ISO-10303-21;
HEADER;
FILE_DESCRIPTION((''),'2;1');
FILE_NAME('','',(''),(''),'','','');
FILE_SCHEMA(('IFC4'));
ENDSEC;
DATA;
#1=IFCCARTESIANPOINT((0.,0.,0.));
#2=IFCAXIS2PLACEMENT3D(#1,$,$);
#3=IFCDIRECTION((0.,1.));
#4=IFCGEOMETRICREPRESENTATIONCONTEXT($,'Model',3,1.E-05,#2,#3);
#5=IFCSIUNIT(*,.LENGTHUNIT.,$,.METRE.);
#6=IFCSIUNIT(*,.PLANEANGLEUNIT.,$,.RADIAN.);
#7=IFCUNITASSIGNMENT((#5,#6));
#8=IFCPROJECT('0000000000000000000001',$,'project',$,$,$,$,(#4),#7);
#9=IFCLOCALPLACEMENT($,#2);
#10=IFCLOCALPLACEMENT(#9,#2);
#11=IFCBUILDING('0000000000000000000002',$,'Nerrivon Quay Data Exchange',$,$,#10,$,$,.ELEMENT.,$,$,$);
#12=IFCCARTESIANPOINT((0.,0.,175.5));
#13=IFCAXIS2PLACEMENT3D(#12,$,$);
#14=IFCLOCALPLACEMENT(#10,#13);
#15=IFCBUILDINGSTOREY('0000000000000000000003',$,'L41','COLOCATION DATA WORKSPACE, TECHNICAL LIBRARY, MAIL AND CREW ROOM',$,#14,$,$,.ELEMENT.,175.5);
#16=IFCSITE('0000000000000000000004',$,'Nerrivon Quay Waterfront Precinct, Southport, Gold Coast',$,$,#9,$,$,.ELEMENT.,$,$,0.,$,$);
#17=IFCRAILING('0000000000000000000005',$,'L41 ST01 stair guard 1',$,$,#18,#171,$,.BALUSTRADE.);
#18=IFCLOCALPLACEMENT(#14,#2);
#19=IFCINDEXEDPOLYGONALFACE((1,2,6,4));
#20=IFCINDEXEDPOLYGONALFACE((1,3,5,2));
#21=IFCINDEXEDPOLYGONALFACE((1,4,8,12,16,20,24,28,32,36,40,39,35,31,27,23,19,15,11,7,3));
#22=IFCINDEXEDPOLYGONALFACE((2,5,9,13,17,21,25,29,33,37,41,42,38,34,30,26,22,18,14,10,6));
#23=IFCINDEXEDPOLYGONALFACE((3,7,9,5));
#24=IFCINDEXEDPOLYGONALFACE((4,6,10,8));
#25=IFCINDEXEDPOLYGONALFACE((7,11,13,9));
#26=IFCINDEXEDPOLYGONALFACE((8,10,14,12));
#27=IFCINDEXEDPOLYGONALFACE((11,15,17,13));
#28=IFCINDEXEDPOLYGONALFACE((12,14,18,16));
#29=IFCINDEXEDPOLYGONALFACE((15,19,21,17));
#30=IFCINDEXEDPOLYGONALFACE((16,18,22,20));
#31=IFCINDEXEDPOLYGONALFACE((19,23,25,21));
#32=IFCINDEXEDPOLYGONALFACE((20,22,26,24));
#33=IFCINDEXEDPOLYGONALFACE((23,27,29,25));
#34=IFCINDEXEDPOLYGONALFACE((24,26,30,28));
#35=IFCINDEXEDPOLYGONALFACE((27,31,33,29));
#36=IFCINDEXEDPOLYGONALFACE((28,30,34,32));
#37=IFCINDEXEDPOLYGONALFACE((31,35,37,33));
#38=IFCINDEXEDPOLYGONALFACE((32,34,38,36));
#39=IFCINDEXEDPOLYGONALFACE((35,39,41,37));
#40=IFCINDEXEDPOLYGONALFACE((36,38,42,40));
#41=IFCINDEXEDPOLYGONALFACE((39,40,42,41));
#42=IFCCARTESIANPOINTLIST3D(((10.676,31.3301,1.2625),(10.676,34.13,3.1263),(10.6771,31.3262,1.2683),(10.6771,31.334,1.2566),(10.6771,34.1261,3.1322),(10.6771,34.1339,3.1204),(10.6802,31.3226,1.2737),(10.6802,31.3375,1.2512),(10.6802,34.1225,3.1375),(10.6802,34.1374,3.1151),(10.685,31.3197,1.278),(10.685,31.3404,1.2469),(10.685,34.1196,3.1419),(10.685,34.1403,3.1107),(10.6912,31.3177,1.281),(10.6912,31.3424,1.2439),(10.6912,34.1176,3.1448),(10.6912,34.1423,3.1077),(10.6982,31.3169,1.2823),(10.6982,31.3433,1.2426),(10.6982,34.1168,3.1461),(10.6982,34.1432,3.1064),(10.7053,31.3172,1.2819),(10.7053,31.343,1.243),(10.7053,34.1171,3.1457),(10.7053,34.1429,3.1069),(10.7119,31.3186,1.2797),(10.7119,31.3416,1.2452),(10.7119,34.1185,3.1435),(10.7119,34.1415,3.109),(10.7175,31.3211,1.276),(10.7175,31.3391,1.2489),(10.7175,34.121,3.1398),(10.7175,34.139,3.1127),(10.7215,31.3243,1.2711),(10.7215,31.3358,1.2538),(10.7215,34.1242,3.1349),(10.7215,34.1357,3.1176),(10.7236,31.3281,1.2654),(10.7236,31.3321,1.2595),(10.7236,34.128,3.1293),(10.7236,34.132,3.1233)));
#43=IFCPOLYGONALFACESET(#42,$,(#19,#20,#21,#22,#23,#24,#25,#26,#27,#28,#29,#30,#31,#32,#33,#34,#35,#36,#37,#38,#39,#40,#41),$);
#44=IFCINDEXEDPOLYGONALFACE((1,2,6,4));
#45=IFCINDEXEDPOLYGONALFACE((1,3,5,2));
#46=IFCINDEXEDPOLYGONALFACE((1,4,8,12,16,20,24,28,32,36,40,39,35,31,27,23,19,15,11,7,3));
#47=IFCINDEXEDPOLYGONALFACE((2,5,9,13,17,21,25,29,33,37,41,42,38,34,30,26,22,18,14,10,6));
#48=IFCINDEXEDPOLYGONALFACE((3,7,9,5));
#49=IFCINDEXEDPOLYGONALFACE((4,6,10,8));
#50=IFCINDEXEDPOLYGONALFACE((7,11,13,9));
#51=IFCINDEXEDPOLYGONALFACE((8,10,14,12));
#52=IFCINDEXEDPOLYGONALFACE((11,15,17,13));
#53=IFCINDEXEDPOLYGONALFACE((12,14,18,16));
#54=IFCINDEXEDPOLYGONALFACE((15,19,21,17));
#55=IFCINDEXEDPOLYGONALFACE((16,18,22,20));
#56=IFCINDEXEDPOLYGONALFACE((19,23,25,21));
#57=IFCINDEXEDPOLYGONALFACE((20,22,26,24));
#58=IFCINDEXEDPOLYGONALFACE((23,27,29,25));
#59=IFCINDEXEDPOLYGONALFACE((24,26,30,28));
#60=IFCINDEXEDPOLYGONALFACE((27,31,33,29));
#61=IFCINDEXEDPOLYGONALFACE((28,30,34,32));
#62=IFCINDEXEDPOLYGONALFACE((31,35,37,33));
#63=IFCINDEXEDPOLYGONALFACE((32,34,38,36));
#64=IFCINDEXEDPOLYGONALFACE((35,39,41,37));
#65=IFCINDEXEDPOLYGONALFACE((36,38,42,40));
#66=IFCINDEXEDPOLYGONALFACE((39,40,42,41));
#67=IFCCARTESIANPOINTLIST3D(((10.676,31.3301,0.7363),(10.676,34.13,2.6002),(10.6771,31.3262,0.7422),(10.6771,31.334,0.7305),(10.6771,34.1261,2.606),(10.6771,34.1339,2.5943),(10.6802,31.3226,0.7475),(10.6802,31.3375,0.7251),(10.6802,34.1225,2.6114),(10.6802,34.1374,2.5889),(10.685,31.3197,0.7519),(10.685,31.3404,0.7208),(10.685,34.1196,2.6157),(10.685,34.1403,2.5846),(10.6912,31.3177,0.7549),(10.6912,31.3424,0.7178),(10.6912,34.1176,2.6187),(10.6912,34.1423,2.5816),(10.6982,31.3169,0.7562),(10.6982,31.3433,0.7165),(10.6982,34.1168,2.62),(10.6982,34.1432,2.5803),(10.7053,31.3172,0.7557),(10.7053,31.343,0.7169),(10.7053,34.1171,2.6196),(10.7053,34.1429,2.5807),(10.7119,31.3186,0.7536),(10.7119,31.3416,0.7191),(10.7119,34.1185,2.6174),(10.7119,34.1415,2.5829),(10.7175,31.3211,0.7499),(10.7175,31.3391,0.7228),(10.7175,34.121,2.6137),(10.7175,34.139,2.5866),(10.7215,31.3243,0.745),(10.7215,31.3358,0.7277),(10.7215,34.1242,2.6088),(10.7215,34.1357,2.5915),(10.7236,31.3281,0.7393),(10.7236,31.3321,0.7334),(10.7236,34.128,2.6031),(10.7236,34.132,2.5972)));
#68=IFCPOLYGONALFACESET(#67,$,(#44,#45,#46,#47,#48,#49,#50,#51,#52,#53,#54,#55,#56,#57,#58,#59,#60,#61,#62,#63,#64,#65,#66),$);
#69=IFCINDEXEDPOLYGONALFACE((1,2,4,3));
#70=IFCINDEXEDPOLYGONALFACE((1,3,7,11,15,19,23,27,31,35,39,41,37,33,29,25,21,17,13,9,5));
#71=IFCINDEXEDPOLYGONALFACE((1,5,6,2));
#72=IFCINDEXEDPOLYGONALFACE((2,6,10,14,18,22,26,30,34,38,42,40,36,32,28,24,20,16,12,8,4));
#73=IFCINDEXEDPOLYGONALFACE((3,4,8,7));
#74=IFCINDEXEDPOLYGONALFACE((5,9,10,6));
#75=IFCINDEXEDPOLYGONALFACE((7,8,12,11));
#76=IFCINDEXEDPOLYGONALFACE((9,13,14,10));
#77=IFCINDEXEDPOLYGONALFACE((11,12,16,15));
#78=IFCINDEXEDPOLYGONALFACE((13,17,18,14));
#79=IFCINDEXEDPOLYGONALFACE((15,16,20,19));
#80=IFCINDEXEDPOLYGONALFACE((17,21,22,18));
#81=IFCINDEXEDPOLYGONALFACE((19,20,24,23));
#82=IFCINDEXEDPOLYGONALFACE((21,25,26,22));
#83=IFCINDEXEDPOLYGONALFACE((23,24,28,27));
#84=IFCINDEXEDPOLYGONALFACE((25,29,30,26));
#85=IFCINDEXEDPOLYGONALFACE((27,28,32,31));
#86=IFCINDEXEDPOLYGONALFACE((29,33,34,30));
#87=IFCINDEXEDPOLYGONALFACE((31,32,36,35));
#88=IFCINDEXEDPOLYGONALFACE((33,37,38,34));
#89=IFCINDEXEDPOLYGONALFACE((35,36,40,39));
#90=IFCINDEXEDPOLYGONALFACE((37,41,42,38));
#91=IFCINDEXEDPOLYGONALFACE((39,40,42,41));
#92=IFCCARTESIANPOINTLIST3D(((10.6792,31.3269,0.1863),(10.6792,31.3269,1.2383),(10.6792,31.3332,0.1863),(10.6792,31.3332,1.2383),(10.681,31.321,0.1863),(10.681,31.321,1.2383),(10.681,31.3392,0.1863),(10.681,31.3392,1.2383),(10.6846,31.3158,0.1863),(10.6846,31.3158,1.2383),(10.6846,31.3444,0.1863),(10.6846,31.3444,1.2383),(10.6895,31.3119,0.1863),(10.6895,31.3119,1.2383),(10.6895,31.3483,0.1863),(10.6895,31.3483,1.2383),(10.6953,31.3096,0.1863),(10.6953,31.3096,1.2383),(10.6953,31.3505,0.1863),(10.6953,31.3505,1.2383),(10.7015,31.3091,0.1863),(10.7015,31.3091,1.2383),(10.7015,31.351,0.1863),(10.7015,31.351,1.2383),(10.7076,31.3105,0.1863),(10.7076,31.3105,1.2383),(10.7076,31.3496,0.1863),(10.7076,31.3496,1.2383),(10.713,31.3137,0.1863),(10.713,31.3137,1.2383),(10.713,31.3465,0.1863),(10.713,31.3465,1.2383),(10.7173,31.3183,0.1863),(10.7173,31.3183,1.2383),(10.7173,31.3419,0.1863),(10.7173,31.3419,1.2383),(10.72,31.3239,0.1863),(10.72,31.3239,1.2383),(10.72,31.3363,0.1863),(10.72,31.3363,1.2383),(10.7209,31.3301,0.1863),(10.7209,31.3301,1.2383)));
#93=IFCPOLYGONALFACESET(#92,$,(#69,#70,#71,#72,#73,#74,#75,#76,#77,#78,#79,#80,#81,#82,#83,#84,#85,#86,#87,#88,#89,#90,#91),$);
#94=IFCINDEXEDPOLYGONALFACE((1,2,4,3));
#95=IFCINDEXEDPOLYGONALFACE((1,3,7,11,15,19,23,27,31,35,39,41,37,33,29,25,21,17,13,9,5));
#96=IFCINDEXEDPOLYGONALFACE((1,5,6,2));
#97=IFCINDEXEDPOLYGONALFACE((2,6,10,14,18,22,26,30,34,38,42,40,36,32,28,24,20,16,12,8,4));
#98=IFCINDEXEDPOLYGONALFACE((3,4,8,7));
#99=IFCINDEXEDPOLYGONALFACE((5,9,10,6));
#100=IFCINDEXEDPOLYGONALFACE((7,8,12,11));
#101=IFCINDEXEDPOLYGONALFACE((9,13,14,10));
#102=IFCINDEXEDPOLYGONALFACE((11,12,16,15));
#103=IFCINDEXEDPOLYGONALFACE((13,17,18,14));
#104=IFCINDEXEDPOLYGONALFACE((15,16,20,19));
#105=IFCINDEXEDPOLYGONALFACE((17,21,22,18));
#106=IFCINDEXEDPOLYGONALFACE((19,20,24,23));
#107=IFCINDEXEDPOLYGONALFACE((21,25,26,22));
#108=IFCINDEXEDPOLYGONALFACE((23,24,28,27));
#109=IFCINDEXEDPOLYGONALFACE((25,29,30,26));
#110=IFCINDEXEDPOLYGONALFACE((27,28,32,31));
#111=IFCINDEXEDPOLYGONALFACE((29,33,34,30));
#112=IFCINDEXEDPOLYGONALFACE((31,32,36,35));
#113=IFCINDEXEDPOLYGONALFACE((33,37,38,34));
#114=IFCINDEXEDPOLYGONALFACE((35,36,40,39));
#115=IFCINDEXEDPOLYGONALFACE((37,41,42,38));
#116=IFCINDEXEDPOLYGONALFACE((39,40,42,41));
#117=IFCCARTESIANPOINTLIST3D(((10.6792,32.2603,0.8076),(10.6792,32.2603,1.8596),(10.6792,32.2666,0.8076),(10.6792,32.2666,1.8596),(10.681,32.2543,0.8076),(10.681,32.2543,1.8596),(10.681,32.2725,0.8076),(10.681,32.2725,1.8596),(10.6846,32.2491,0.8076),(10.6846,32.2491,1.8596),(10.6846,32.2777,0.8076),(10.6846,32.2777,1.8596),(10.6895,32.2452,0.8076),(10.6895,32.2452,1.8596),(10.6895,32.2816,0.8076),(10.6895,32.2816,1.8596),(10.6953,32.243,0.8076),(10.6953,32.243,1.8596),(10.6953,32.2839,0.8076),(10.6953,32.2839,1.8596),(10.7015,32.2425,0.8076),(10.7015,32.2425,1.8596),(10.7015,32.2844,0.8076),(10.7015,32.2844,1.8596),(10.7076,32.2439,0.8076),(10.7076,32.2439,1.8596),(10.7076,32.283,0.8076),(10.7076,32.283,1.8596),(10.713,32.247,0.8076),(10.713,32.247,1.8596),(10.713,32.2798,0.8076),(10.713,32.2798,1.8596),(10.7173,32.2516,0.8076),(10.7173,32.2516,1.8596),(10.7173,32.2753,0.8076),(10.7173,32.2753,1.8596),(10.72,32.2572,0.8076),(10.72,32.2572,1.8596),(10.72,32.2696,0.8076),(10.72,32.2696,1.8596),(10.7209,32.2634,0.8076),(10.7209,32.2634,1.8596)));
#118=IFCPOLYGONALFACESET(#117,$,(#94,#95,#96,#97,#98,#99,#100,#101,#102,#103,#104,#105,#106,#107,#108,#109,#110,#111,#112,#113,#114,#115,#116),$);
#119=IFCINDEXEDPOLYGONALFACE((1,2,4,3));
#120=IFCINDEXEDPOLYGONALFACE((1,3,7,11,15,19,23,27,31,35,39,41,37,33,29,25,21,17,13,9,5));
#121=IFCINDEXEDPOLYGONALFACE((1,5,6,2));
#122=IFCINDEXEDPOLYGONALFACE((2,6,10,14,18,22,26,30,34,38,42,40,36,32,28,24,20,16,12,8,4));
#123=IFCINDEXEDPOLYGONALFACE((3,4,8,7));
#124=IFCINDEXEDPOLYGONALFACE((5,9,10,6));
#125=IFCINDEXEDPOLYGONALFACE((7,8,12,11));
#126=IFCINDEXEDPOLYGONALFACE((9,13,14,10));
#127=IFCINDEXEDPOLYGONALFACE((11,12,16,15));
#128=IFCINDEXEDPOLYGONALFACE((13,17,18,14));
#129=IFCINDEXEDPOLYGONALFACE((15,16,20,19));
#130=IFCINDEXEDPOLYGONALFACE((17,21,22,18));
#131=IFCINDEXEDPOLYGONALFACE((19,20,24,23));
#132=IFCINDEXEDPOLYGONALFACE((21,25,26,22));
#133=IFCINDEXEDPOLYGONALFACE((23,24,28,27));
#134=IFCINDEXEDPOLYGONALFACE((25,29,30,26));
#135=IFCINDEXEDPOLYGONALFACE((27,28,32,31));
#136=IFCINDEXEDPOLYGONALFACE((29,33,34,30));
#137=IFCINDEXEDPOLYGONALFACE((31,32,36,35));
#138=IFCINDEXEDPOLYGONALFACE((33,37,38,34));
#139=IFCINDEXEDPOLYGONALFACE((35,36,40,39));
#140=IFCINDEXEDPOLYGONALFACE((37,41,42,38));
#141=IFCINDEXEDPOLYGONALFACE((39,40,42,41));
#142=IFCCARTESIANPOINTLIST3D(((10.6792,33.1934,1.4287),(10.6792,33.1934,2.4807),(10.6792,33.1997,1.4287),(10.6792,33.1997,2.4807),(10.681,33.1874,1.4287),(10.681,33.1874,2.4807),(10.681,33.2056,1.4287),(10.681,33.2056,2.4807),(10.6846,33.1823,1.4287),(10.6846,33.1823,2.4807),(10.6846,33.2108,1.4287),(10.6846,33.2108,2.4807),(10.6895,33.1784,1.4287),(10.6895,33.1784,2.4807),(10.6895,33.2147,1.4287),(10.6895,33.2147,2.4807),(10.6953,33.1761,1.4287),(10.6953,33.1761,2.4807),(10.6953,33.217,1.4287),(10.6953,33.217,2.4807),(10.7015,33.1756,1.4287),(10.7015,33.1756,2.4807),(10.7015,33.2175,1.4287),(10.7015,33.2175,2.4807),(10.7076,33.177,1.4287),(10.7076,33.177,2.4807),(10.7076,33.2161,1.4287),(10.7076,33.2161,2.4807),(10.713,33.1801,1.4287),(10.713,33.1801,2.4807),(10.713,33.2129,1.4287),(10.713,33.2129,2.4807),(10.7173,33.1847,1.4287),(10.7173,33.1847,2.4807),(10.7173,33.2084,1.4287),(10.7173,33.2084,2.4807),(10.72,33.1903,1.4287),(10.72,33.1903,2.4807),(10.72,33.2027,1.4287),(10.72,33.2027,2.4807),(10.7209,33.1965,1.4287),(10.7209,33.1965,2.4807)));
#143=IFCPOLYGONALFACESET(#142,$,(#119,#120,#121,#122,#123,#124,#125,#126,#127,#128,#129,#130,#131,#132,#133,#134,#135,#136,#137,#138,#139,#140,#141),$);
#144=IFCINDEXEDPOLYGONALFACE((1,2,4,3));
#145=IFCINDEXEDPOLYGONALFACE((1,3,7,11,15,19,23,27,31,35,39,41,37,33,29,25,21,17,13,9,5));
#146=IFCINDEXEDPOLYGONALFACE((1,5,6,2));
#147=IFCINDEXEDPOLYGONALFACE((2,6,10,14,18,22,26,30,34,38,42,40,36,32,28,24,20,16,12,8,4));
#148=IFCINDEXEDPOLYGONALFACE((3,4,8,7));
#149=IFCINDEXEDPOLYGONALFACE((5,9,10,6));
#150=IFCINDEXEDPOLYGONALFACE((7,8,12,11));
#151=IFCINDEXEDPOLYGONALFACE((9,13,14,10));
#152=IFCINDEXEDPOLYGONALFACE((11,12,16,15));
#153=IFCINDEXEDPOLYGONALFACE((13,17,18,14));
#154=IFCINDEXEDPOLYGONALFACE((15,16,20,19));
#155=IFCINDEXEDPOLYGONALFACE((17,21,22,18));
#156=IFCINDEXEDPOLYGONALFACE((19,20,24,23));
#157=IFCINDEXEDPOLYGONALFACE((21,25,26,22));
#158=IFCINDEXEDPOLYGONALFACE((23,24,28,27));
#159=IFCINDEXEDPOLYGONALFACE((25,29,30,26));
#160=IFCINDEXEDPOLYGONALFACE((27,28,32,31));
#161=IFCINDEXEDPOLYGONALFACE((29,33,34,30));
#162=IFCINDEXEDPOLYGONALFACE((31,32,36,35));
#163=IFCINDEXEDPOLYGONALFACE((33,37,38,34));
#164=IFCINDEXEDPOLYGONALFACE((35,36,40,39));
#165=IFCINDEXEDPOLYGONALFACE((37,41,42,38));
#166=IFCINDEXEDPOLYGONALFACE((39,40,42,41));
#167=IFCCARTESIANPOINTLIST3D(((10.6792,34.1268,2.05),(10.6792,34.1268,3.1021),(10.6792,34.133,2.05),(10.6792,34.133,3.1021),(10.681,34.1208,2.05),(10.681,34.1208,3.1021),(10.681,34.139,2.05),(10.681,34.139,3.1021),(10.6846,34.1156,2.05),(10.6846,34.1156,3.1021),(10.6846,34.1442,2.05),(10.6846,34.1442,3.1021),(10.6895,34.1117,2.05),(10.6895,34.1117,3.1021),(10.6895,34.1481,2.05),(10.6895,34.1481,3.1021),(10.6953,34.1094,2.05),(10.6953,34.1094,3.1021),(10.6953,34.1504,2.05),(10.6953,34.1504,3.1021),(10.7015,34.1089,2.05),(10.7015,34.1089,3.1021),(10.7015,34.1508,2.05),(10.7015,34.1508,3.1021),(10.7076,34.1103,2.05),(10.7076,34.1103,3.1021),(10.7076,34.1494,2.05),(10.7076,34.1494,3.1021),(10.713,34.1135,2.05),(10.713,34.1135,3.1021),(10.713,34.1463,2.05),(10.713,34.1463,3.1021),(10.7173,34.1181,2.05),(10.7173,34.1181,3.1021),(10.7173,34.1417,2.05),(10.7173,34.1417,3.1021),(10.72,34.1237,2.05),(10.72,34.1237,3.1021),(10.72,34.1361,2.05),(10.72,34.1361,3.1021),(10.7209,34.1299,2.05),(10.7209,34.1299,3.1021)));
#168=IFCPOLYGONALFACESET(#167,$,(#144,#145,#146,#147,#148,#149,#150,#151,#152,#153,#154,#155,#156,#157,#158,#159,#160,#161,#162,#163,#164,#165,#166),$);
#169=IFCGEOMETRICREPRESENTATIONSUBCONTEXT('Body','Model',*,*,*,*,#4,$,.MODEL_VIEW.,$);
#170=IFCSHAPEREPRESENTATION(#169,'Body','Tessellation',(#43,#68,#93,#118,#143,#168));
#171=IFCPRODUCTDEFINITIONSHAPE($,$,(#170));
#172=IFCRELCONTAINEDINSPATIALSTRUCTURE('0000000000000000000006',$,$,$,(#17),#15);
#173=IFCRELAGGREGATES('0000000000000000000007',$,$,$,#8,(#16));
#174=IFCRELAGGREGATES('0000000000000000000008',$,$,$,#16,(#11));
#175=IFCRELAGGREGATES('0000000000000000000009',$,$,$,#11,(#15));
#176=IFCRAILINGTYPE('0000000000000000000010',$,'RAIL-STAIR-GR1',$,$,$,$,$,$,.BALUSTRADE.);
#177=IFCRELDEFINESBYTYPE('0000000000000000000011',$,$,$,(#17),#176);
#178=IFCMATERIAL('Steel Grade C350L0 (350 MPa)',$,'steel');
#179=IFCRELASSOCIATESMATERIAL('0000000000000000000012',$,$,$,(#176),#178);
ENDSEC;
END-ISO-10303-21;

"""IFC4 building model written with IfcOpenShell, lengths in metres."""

from ifc_helpers import new_model, si_unit, direction, frame, origin, origin_2d, place, context, subcontext, project, spatial, circle, extrude, material, type_object, element, save


model = new_model("IFC4")

# Units and contexts
model_context = context("Model", 3, precision=1e-05, world=origin(), true_north=direction((0.0, 1.0)))
body_context = subcontext(model_context, "Body", "Model", "MODEL_VIEW")
ifc_project = project(units=[si_unit("LENGTHUNIT", "METRE"), si_unit("PLANEANGLEUNIT", "RADIAN")], contexts=[model_context])

# Site, building, storey
site_placement = place(None, origin())
site = spatial("IfcSite", under=ifc_project, at=site_placement, Name="Nerrivon Quay Waterfront Precinct, Southport, Gold Coast", CompositionType="ELEMENT", RefElevation=0.0)
building_placement = place(site_placement, origin())
building = spatial("IfcBuilding", under=site, at=building_placement, Name="Nerrivon Quay Data Exchange", CompositionType="ELEMENT")
storey_placement = place(building_placement, frame((0.0, 0.0, 175.5)))
storey = spatial("IfcBuildingStorey", under=building, at=storey_placement, Name="L41", Description="COLOCATION DATA WORKSPACE, TECHNICAL LIBRARY, MAIL AND CREW ROOM", CompositionType="ELEMENT", Elevation=175.5)

# Railing
ifc_material_1 = material(Name="Steel Grade C350L0 (350 MPa)", Category="steel")
railing_type_1 = type_object("IfcRailingType", Name="RAIL-STAIR-GR1", PredefinedType="BALUSTRADE", material=ifc_material_1)
railing_1_placement = place(storey_placement, frame((10.7, 31.3301, 0.1863)))
element("IfcRailing", 1, at=railing_1_placement, inside=storey, type_object=railing_type_1, Name="L41 ST01 stair guard 1", PredefinedType="BALUSTRADE", context=body_context, shape_type="SweptSolid", body=[
    extrude(circle(Radius=0.0239, at=origin_2d()), frame((0.0, 0.0, 1.0762), z_axis=(0.0, 0.83243, 0.554131), x_axis=(-1.0, 0.0, 0.0)), (0.0, 0.0, 1.0), 3.3635),
    extrude(circle(Radius=0.0239, at=origin_2d()), frame((0.0, 0.0, 0.55), z_axis=(0.0, 0.83243, 0.554131), x_axis=(-1.0, 0.0, 0.0)), (0.0, 0.0, 1.0), 3.3635),
    extrude(circle(Radius=0.021, at=origin_2d()), origin(), (0.0, 0.0, 1.0), 1.052),
    extrude(circle(Radius=0.021, at=origin_2d()), frame((0.0, 0.9333, 0.6213)), (0.0, 0.0, 1.0), 1.052),
    extrude(circle(Radius=0.021, at=origin_2d()), frame((0.0, 1.8665, 1.2424)), (0.0, 0.0, 1.0), 1.052),
    extrude(circle(Radius=0.021, at=origin_2d()), frame((0.0, 2.7998, 1.8638)), (0.0, 0.0, 1.0), 1.052),
])

save(model, "model.ifc")
